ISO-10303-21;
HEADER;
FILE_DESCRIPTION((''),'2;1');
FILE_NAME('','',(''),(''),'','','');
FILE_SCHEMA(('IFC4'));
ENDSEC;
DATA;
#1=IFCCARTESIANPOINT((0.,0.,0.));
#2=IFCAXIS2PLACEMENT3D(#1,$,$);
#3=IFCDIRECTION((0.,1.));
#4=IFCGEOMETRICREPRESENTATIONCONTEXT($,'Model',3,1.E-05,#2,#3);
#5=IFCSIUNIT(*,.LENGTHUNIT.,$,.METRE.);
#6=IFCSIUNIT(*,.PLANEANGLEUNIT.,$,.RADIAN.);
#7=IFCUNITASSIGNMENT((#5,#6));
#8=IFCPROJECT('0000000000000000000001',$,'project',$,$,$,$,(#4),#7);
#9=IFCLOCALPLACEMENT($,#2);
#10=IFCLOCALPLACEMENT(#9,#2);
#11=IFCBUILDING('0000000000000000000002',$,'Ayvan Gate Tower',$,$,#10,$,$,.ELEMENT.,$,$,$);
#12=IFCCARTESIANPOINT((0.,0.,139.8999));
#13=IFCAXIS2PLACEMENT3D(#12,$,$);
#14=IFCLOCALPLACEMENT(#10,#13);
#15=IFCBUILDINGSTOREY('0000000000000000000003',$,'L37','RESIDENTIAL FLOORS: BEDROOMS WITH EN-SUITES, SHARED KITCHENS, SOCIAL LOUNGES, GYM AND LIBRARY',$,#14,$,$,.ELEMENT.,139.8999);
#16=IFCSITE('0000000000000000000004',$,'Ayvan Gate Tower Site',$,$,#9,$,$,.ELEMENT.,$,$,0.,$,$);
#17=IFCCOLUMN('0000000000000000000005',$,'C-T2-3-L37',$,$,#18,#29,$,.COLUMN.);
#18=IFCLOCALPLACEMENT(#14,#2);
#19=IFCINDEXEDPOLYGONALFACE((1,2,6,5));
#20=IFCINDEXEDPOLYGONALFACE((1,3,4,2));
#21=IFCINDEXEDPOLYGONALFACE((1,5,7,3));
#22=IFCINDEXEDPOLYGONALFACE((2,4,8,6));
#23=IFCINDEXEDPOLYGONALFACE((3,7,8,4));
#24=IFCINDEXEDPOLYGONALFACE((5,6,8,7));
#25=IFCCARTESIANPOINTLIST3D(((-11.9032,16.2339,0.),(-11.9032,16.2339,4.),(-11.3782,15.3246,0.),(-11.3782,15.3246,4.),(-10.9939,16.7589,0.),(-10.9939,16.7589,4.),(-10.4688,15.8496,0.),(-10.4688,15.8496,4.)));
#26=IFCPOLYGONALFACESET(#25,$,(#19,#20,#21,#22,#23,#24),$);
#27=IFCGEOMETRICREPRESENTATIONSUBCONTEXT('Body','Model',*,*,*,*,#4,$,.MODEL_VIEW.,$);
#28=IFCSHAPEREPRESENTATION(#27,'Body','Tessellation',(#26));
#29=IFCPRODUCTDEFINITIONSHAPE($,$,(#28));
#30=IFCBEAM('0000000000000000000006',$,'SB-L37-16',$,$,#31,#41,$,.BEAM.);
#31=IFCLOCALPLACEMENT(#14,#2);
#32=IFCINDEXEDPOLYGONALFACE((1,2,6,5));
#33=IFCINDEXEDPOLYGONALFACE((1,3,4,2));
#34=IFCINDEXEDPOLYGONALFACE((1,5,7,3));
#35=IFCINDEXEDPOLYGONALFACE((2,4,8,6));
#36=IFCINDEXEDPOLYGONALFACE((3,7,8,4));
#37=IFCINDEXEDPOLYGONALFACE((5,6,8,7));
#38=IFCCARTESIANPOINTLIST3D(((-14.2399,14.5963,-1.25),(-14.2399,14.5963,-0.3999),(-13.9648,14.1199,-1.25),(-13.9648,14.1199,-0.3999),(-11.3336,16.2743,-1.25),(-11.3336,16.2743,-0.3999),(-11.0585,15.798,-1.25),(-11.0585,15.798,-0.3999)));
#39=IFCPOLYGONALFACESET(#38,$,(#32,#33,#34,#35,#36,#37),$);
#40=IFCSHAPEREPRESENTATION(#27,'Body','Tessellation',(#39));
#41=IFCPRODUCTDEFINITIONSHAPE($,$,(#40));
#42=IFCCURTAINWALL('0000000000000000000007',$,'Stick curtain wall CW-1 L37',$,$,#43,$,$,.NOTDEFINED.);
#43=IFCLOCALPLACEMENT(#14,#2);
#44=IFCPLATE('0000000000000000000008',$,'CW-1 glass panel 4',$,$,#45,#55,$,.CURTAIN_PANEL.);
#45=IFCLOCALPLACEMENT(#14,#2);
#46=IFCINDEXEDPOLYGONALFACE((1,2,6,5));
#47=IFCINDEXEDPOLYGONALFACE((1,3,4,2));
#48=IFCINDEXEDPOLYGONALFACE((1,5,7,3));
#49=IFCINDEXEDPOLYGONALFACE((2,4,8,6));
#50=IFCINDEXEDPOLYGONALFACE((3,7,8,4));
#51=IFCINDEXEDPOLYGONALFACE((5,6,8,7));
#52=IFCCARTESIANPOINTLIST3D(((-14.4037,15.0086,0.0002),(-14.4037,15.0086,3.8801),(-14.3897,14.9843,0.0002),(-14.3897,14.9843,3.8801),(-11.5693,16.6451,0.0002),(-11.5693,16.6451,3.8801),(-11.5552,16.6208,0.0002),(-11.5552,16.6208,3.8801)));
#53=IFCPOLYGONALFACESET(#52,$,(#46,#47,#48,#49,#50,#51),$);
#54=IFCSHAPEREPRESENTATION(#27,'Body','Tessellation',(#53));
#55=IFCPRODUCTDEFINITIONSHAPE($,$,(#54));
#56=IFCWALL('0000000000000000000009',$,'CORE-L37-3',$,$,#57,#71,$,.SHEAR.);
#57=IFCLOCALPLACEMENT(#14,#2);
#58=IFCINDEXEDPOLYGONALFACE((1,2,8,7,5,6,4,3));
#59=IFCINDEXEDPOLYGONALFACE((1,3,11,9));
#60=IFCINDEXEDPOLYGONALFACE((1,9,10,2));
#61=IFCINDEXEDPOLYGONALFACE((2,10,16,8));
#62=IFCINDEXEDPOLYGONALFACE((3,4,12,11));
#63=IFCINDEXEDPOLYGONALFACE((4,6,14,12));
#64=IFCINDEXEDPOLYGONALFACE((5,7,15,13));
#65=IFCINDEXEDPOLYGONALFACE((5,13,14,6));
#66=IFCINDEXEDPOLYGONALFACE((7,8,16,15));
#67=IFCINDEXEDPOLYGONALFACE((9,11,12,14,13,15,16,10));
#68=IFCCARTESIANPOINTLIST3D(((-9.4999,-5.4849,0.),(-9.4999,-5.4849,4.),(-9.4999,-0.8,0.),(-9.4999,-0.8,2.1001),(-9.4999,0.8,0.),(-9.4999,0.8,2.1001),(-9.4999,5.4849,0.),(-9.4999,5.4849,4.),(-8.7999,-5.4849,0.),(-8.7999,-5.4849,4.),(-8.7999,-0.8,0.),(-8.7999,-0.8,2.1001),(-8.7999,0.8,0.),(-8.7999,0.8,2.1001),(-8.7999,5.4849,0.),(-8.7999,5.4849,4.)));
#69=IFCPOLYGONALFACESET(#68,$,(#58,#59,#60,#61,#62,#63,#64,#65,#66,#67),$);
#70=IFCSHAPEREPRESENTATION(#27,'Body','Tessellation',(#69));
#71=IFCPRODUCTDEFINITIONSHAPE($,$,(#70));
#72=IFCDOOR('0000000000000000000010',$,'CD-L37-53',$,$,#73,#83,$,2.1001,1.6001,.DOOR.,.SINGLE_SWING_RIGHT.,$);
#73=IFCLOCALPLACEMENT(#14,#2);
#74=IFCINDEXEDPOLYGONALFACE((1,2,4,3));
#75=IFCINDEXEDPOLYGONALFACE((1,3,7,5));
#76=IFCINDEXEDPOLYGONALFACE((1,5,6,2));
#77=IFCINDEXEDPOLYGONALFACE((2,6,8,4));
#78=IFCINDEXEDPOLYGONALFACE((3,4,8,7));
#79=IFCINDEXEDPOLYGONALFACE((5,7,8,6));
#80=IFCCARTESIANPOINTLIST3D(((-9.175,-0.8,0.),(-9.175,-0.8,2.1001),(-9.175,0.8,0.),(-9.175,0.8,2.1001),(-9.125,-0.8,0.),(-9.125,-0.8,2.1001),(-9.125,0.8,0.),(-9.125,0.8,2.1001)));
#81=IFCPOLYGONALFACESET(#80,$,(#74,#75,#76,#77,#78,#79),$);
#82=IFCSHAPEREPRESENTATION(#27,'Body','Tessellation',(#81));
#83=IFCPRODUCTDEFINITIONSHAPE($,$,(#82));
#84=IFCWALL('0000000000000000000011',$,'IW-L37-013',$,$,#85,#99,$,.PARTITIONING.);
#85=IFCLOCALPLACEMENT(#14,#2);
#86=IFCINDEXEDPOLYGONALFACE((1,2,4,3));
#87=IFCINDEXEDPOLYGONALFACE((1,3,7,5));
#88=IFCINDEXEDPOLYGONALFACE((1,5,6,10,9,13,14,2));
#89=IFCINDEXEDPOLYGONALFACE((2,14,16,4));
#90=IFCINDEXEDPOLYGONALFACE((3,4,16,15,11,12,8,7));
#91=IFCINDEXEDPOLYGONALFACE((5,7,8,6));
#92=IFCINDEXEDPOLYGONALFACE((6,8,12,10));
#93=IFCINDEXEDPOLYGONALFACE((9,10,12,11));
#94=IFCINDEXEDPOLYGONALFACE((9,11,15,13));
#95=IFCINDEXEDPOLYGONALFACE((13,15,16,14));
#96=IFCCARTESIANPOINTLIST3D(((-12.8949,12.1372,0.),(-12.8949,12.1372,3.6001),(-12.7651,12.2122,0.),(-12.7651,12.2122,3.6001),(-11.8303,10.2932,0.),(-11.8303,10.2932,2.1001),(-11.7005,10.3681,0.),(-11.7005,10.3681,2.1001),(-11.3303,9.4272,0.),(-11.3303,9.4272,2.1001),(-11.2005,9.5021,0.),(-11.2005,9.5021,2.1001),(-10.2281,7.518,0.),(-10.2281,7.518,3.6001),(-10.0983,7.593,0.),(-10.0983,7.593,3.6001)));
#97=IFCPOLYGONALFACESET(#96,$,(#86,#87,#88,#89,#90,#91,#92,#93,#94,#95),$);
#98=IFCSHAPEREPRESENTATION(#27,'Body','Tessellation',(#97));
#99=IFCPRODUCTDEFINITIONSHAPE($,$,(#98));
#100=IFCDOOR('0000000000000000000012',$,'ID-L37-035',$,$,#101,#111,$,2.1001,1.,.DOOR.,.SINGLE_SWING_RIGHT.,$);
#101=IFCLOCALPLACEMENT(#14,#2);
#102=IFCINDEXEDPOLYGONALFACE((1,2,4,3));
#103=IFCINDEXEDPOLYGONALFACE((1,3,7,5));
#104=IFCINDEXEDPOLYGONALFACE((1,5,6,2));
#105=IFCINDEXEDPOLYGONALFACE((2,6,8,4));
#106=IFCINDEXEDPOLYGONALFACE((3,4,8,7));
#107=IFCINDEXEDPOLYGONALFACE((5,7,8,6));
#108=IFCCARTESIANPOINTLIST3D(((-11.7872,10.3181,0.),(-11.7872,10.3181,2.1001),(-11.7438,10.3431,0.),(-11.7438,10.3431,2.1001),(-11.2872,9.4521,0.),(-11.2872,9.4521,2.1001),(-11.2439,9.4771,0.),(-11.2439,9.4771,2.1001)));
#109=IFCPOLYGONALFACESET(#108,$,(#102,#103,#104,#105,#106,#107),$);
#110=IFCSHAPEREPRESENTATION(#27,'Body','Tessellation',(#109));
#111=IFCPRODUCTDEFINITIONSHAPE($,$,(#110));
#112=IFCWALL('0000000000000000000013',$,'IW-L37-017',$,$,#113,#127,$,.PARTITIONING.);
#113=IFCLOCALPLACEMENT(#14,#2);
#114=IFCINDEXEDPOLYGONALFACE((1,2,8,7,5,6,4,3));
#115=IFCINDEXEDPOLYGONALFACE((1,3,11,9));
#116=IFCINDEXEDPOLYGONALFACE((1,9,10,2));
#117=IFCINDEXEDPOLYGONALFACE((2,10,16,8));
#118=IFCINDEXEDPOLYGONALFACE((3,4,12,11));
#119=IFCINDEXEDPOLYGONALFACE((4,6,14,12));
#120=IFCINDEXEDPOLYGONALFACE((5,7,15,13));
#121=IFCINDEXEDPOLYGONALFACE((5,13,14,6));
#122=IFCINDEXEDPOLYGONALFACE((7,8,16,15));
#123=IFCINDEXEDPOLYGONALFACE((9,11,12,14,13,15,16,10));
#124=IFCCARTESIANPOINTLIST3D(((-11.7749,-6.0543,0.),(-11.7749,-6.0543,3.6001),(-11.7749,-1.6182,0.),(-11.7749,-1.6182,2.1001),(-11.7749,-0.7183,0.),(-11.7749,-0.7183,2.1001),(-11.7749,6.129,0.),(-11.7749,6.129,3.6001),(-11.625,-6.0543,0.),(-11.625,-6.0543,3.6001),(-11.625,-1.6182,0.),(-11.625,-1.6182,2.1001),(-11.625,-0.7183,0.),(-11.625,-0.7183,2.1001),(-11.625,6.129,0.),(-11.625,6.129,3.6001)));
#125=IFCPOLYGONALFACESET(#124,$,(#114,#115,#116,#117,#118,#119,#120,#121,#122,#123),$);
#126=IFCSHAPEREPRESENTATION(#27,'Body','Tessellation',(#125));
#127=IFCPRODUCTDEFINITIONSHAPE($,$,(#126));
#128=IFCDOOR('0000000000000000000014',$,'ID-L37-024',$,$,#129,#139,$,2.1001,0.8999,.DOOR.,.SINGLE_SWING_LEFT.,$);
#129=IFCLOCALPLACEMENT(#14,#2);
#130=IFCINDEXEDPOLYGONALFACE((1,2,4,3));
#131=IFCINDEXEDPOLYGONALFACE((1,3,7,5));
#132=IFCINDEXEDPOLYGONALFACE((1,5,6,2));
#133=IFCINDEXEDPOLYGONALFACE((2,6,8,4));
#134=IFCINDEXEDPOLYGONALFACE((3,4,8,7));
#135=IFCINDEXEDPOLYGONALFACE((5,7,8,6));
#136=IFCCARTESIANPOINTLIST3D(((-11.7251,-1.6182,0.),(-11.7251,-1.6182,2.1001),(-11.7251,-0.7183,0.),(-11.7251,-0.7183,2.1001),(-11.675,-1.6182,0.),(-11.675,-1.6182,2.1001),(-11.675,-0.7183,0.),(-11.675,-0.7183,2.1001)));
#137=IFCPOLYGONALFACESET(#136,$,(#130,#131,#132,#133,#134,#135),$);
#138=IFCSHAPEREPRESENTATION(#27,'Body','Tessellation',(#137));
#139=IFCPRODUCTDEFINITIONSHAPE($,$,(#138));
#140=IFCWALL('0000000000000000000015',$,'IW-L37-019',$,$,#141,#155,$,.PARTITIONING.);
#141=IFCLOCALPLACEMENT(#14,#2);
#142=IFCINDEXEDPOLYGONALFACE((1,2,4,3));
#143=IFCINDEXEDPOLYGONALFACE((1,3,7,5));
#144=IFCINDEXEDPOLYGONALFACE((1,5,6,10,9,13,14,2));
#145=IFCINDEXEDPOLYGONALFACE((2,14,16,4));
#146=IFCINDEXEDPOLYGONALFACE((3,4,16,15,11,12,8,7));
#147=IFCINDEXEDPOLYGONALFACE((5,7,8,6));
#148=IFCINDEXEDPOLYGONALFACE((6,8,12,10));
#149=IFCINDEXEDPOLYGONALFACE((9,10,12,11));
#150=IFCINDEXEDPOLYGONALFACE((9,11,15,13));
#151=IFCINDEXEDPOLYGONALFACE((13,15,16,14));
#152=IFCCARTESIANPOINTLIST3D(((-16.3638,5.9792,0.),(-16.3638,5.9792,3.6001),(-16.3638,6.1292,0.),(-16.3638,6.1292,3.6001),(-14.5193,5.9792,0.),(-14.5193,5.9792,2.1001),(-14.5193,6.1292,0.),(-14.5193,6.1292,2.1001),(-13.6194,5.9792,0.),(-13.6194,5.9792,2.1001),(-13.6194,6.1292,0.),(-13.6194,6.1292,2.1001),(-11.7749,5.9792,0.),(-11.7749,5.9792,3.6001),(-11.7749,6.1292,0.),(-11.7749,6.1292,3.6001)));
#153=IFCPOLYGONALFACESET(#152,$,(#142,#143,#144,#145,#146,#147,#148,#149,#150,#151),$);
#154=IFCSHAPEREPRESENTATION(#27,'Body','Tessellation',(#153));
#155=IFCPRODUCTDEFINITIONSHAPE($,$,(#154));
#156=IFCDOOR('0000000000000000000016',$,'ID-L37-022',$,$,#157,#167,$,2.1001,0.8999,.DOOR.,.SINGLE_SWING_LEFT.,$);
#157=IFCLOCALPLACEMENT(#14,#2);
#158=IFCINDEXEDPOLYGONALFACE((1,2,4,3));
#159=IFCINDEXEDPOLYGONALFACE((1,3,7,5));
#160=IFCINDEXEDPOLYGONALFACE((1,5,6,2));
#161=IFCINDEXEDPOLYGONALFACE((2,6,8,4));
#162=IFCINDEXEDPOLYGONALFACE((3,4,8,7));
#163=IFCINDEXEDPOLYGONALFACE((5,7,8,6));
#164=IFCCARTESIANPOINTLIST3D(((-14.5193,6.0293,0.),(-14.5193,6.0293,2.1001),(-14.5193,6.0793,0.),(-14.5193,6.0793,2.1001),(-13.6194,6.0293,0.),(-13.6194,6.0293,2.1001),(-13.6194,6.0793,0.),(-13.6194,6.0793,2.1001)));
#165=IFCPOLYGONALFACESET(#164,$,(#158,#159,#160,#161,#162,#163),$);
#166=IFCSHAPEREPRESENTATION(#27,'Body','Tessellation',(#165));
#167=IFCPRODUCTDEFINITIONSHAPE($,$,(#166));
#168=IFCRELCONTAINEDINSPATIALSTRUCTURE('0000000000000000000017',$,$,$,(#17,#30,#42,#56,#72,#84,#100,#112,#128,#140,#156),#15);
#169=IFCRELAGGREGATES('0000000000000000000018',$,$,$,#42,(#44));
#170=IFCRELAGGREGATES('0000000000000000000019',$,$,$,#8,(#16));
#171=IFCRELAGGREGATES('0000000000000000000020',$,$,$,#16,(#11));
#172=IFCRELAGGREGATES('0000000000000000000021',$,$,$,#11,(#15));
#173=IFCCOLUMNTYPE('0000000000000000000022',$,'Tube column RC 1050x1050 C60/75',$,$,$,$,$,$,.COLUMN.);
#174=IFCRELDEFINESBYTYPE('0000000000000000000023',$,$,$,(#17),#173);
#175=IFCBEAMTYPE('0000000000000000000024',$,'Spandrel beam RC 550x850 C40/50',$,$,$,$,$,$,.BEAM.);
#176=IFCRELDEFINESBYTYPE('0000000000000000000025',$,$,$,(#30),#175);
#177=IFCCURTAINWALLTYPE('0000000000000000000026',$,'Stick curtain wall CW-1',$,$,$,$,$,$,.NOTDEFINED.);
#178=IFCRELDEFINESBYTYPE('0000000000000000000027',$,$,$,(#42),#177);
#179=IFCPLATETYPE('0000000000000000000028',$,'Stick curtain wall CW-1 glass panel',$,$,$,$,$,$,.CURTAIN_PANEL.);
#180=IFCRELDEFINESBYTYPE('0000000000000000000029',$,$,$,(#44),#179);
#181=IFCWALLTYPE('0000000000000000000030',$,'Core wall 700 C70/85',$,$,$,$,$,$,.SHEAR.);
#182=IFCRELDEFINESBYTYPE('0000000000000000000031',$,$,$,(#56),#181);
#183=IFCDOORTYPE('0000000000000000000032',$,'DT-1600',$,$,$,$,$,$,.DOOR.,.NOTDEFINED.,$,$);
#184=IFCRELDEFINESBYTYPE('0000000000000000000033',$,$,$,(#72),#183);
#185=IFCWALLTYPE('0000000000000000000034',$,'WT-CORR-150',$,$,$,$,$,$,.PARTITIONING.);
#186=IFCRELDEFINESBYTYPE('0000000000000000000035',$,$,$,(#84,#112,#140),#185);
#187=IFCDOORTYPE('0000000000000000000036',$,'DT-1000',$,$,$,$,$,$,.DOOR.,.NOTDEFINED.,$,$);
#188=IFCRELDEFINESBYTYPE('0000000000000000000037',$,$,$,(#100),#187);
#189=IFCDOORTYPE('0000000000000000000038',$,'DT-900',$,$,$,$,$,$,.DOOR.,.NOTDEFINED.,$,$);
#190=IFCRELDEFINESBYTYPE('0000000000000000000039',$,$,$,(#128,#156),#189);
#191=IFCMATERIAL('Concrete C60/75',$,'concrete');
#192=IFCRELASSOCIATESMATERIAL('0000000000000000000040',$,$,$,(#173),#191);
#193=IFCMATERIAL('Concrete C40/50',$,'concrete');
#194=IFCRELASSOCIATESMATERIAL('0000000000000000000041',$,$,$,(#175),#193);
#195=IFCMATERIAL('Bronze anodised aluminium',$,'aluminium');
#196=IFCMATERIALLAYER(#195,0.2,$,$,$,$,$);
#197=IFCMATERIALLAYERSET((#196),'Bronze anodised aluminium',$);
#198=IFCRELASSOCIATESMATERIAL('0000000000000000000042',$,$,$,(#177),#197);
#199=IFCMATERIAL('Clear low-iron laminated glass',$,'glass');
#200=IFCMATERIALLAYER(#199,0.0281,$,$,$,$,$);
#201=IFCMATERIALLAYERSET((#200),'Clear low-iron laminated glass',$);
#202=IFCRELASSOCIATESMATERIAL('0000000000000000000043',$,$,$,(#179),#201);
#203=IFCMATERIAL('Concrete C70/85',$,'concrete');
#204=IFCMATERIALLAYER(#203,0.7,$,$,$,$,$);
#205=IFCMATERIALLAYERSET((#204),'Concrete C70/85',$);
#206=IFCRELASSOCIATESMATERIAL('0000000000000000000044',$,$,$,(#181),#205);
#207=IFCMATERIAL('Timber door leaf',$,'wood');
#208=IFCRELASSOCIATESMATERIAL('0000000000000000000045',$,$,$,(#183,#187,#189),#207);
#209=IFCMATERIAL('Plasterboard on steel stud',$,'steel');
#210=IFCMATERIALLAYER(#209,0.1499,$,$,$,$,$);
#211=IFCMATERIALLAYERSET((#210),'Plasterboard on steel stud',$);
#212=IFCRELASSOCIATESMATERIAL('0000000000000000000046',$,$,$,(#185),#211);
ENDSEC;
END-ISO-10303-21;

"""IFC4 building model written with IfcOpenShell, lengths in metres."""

from ifc_helpers import new_model, si_unit, direction, frame, frame_2d, origin, origin_2d, place, context, subcontext, project, spatial, rectangle, extrude, material, layer, layer_set, material_profile, profile_set, type_object, element, fill, aggregate, save


model = new_model("IFC4")

# Units and contexts
model_context = context("Model", 3, precision=1e-05, world=origin(), true_north=direction((0.0, 1.0)))
body_context = subcontext(model_context, "Body", "Model", "MODEL_VIEW")
ifc_project = project(units=[si_unit("LENGTHUNIT", "METRE"), si_unit("PLANEANGLEUNIT", "RADIAN")], contexts=[model_context])

# Site, building, storey
site_placement = place(None, origin())
site = spatial("IfcSite", under=ifc_project, at=site_placement, Name="Ayvan Gate Tower Site", CompositionType="ELEMENT", RefElevation=0.0)
building_placement = place(site_placement, origin())
building = spatial("IfcBuilding", under=site, at=building_placement, Name="Ayvan Gate Tower", CompositionType="ELEMENT")
storey_placement = place(building_placement, frame((0.0, 0.0, 139.8999)))
storey = spatial("IfcBuildingStorey", under=building, at=storey_placement, Name="L37", Description="RESIDENTIAL FLOORS: BEDROOMS WITH EN-SUITES, SHARED KITCHENS, SOCIAL LOUNGES, GYM AND LIBRARY", CompositionType="ELEMENT", Elevation=139.8999)

# Column
ifc_material_1 = material(Name="Concrete C60/75", Category="concrete")
ifc_material_profile_1 = material_profile(ifc_material_1, rectangle(XDim=1.05, YDim=1.05, at=origin_2d()), Name="RC 1050x1050")
ifc_profile_set_1 = profile_set([ifc_material_profile_1], Name="Concrete C60/75")
column_type = type_object("IfcColumnType", Name="Tube column RC 1050x1050 C60/75", PredefinedType="COLUMN", material=ifc_profile_set_1)
column_placement = place(storey_placement, frame((-11.186, 16.0417, 0.0), z_axis=(0.0, 0.0, 1.0), x_axis=(-0.5, 0.866025, 0.0)))
element("IfcColumn", 1, at=column_placement, inside=storey, type_object=column_type, Name="C-T2-3-L37", PredefinedType="COLUMN", context=body_context, shape_type="SweptSolid", body=[
    extrude(rectangle(XDim=1.05, YDim=1.05, at=origin_2d()), origin(), (0.0, 0.0, 1.0), 4.0),
])

# Beam
ifc_material_2 = material(Name="Concrete C40/50", Category="concrete")
ifc_material_profile_2 = material_profile(ifc_material_2, rectangle(XDim=0.55, YDim=0.8501, at=origin_2d()), Name="RC 550x850")
ifc_profile_set_2 = profile_set([ifc_material_profile_2], Name="Concrete C40/50")
beam_type = type_object("IfcBeamType", Name="Spandrel beam RC 550x850 C40/50", PredefinedType="BEAM", material=ifc_profile_set_2)
beam_placement = place(storey_placement, frame((-11.196, 16.0361, -0.825), z_axis=(-0.866018, -0.500012, 0.0), x_axis=(0.500012, -0.866018, 0.0)))
element("IfcBeam", 2, at=beam_placement, inside=storey, type_object=beam_type, Name="SB-L37-16", PredefinedType="BEAM", context=body_context, shape_type="SweptSolid", body=[
    extrude(rectangle(XDim=0.55, YDim=0.8501, at=origin_2d()), origin(), (0.0, 0.0, 1.0), 3.356),
])

# Curtain wall, plate
ifc_material_3 = material(Name="Bronze anodised aluminium", Category="aluminium")
ifc_layer_1 = layer(ifc_material_3, 0.2)
ifc_layer_set_1 = layer_set([ifc_layer_1], Name="Bronze anodised aluminium")
curtain_wall_type = type_object("IfcCurtainWallType", Name="Stick curtain wall CW-1", PredefinedType="NOTDEFINED", material=ifc_layer_set_1)
curtain_wall_placement = place(storey_placement, origin())
curtain_wall = element("IfcCurtainWall", 3, at=curtain_wall_placement, inside=storey, type_object=curtain_wall_type, Name="Stick curtain wall CW-1 L37", PredefinedType="NOTDEFINED")
ifc_material_4 = material(Name="Clear low-iron laminated glass", Category="glass")
ifc_layer_2 = layer(ifc_material_4, 0.0281)
ifc_layer_set_2 = layer_set([ifc_layer_2], Name="Clear low-iron laminated glass")
plate_type = type_object("IfcPlateType", Name="Stick curtain wall CW-1 glass panel", PredefinedType="CURTAIN_PANEL", material=ifc_layer_set_2)
plate_placement = place(storey_placement, frame((-12.9795, 15.8147, 0.0002), z_axis=(0.0, 0.0, 1.0), x_axis=(-0.866025, -0.5, 0.0)))
plate = element("IfcPlate", 4, at=plate_placement, type_object=plate_type, Name="CW-1 glass panel 4", PredefinedType="CURTAIN_PANEL", context=body_context, shape_type="SweptSolid", body=[
    extrude(rectangle(XDim=3.2729, YDim=0.0281, at=origin_2d()), origin(), (0.0, 0.0, 1.0), 3.8799),
])
aggregate(curtain_wall, [plate])

# Walls, openings, doors
ifc_material_5 = material(Name="Concrete C70/85", Category="concrete")
ifc_layer_3 = layer(ifc_material_5, 0.7)
ifc_layer_set_3 = layer_set([ifc_layer_3], Name="Concrete C70/85")
wall_type_1 = type_object("IfcWallType", Name="Core wall 700 C70/85", PredefinedType="SHEAR", material=ifc_layer_set_3)
wall_1_placement = place(storey_placement, frame((-9.1499, 5.4849, 0.0), z_axis=(0.0, 0.0, 1.0), x_axis=(0.0, -1.0, 0.0)))
wall_1 = element("IfcWall", 5, at=wall_1_placement, inside=storey, type_object=wall_type_1, Name="CORE-L37-3", PredefinedType="SHEAR", context=body_context, shape_type="SweptSolid", body=[
    extrude(rectangle(XDim=10.9697, YDim=0.7, at=frame_2d((5.4849, 0.0))), origin(), (0.0, 0.0, 1.0), 4.0),
])
opening_1_placement = place(wall_1_placement, frame((4.6848, 0.0, 0.0)))
opening_1 = element("IfcOpeningElement", 6, at=opening_1_placement, cuts=wall_1, PredefinedType="OPENING", context=body_context, shape_type="SweptSolid", body=[
    extrude(rectangle(XDim=1.6001, YDim=2.1001, at=frame_2d((0.8, 1.05))), frame((0.0, 0.3599, 0.0), z_axis=(0.0, -1.0, 0.0), x_axis=(1.0, 0.0, 0.0)), (0.0, 0.0, 1.0), 0.72),
])
ifc_material_6 = material(Name="Timber door leaf", Category="wood")
door_type_1 = type_object("IfcDoorType", Name="DT-1600", OperationType="NOTDEFINED", PredefinedType="DOOR", material=ifc_material_6)
door_1_placement = place(opening_1_placement, origin())
door_1 = element("IfcDoor", 7, at=door_1_placement, inside=storey, type_object=door_type_1, Name="CD-L37-53", OperationType="SINGLE_SWING_RIGHT", OverallHeight=2.1001, OverallWidth=1.6001, PredefinedType="DOOR", context=body_context, shape_type="SweptSolid", body=[
    extrude(rectangle(XDim=1.6001, YDim=2.1001, at=frame_2d((0.8, 1.05))), frame((0.0, 0.0249, 0.0), z_axis=(0.0, -1.0, 0.0), x_axis=(1.0, 0.0, 0.0)), (0.0, 0.0, 1.0), 0.05),
])
fill(opening_1, door_1)
ifc_material_7 = material(Name="Plasterboard on steel stud", Category="steel")
ifc_layer_4 = layer(ifc_material_7, 0.1499)
ifc_layer_set_4 = layer_set([ifc_layer_4], Name="Plasterboard on steel stud")
wall_type_2 = type_object("IfcWallType", Name="WT-CORR-150", PredefinedType="PARTITIONING", material=ifc_layer_set_4)
wall_2_placement = place(storey_placement, frame((-12.8301, 12.1748, 0.0), z_axis=(0.0, 0.0, 1.0), x_axis=(0.499984, -0.866035, 0.0)))
wall_2 = element("IfcWall", 8, at=wall_2_placement, inside=storey, type_object=wall_type_2, Name="IW-L37-013", PredefinedType="PARTITIONING", context=body_context, shape_type="SweptSolid", body=[
    extrude(rectangle(XDim=5.3337, YDim=0.1499, at=frame_2d((2.667, 0.0))), origin(), (0.0, 0.0, 1.0), 3.6001),
])
opening_2_placement = place(wall_2_placement, frame((2.1294, 0.0, 0.0)))
opening_2 = element("IfcOpeningElement", 9, at=opening_2_placement, cuts=wall_2, PredefinedType="OPENING", context=body_context, shape_type="SweptSolid", body=[
    extrude(rectangle(XDim=1.0, YDim=2.1001, at=frame_2d((0.5, 1.05))), frame((0.0, 0.085, 0.0), z_axis=(0.0, -1.0, 0.0), x_axis=(1.0, 0.0, 0.0)), (0.0, 0.0, 1.0), 0.1699),
])
door_type_2 = type_object("IfcDoorType", Name="DT-1000", OperationType="NOTDEFINED", PredefinedType="DOOR", material=ifc_material_6)
door_2_placement = place(opening_2_placement, origin())
door_2 = element("IfcDoor", 10, at=door_2_placement, inside=storey, type_object=door_type_2, Name="ID-L37-035", OperationType="SINGLE_SWING_RIGHT", OverallHeight=2.1001, OverallWidth=1.0, PredefinedType="DOOR", context=body_context, shape_type="SweptSolid", body=[
    extrude(rectangle(XDim=1.0, YDim=2.1001, at=frame_2d((0.5, 1.05))), frame((0.0, 0.0249, 0.0), z_axis=(0.0, -1.0, 0.0), x_axis=(1.0, 0.0, 0.0)), (0.0, 0.0, 1.0), 0.05),
])
fill(opening_2, door_2)
wall_3_placement = place(storey_placement, frame((-11.7, 6.1292, 0.0), z_axis=(0.0, 0.0, 1.0), x_axis=(0.0, -1.0, 0.0)))
wall_3 = element("IfcWall", 11, at=wall_3_placement, inside=storey, type_object=wall_type_2, Name="IW-L37-017", PredefinedType="PARTITIONING", context=body_context, shape_type="SweptSolid", body=[
    extrude(rectangle(XDim=12.1833, YDim=0.1499, at=frame_2d((6.0918, 0.0))), origin(), (0.0, 0.0, 1.0), 3.6001),
])
opening_3_placement = place(wall_3_placement, frame((6.8474, 0.0, 0.0)))
opening_3 = element("IfcOpeningElement", 12, at=opening_3_placement, cuts=wall_3, PredefinedType="OPENING", context=body_context, shape_type="SweptSolid", body=[
    extrude(rectangle(XDim=0.8999, YDim=2.1001, at=frame_2d((0.45, 1.05))), frame((0.0, 0.085, 0.0), z_axis=(0.0, -1.0, 0.0), x_axis=(1.0, 0.0, 0.0)), (0.0, 0.0, 1.0), 0.1699),
])
door_type_3 = type_object("IfcDoorType", Name="DT-900", OperationType="NOTDEFINED", PredefinedType="DOOR", material=ifc_material_6)
door_3_placement = place(opening_3_placement, origin())
door_3 = element("IfcDoor", 13, at=door_3_placement, inside=storey, type_object=door_type_3, Name="ID-L37-024", OperationType="SINGLE_SWING_LEFT", OverallHeight=2.1001, OverallWidth=0.8999, PredefinedType="DOOR", context=body_context, shape_type="SweptSolid", body=[
    extrude(rectangle(XDim=0.8999, YDim=2.1001, at=frame_2d((0.45, 1.05))), frame((0.0, 0.0249, 0.0), z_axis=(0.0, -1.0, 0.0), x_axis=(1.0, 0.0, 0.0)), (0.0, 0.0, 1.0), 0.05),
])
fill(opening_3, door_3)
wall_4_placement = place(storey_placement, frame((-11.7749, 6.0542, 0.0), z_axis=(0.0, 0.0, 1.0), x_axis=(-1.0, 0.0, 0.0)))
wall_4 = element("IfcWall", 14, at=wall_4_placement, inside=storey, type_object=wall_type_2, Name="IW-L37-019", PredefinedType="PARTITIONING", context=body_context, shape_type="SweptSolid", body=[
    extrude(rectangle(XDim=4.5889, YDim=0.1499, at=frame_2d((2.2944, 0.0))), origin(), (0.0, 0.0, 1.0), 3.6001),
])
opening_4_placement = place(wall_4_placement, frame((1.8445, 0.0, 0.0)))
opening_4 = element("IfcOpeningElement", 15, at=opening_4_placement, cuts=wall_4, PredefinedType="OPENING", context=body_context, shape_type="SweptSolid", body=[
    extrude(rectangle(XDim=0.8999, YDim=2.1001, at=frame_2d((0.45, 1.05))), frame((0.0, 0.085, 0.0), z_axis=(0.0, -1.0, 0.0), x_axis=(1.0, 0.0, 0.0)), (0.0, 0.0, 1.0), 0.1699),
])
door_4_placement = place(opening_4_placement, origin())
door_4 = element("IfcDoor", 16, at=door_4_placement, inside=storey, type_object=door_type_3, Name="ID-L37-022", OperationType="SINGLE_SWING_LEFT", OverallHeight=2.1001, OverallWidth=0.8999, PredefinedType="DOOR", context=body_context, shape_type="SweptSolid", body=[
    extrude(rectangle(XDim=0.8999, YDim=2.1001, at=frame_2d((0.45, 1.05))), frame((0.0, 0.0249, 0.0), z_axis=(0.0, -1.0, 0.0), x_axis=(1.0, 0.0, 0.0)), (0.0, 0.0, 1.0), 0.05),
])
fill(opening_4, door_4)

save(model, "model.ifc")
